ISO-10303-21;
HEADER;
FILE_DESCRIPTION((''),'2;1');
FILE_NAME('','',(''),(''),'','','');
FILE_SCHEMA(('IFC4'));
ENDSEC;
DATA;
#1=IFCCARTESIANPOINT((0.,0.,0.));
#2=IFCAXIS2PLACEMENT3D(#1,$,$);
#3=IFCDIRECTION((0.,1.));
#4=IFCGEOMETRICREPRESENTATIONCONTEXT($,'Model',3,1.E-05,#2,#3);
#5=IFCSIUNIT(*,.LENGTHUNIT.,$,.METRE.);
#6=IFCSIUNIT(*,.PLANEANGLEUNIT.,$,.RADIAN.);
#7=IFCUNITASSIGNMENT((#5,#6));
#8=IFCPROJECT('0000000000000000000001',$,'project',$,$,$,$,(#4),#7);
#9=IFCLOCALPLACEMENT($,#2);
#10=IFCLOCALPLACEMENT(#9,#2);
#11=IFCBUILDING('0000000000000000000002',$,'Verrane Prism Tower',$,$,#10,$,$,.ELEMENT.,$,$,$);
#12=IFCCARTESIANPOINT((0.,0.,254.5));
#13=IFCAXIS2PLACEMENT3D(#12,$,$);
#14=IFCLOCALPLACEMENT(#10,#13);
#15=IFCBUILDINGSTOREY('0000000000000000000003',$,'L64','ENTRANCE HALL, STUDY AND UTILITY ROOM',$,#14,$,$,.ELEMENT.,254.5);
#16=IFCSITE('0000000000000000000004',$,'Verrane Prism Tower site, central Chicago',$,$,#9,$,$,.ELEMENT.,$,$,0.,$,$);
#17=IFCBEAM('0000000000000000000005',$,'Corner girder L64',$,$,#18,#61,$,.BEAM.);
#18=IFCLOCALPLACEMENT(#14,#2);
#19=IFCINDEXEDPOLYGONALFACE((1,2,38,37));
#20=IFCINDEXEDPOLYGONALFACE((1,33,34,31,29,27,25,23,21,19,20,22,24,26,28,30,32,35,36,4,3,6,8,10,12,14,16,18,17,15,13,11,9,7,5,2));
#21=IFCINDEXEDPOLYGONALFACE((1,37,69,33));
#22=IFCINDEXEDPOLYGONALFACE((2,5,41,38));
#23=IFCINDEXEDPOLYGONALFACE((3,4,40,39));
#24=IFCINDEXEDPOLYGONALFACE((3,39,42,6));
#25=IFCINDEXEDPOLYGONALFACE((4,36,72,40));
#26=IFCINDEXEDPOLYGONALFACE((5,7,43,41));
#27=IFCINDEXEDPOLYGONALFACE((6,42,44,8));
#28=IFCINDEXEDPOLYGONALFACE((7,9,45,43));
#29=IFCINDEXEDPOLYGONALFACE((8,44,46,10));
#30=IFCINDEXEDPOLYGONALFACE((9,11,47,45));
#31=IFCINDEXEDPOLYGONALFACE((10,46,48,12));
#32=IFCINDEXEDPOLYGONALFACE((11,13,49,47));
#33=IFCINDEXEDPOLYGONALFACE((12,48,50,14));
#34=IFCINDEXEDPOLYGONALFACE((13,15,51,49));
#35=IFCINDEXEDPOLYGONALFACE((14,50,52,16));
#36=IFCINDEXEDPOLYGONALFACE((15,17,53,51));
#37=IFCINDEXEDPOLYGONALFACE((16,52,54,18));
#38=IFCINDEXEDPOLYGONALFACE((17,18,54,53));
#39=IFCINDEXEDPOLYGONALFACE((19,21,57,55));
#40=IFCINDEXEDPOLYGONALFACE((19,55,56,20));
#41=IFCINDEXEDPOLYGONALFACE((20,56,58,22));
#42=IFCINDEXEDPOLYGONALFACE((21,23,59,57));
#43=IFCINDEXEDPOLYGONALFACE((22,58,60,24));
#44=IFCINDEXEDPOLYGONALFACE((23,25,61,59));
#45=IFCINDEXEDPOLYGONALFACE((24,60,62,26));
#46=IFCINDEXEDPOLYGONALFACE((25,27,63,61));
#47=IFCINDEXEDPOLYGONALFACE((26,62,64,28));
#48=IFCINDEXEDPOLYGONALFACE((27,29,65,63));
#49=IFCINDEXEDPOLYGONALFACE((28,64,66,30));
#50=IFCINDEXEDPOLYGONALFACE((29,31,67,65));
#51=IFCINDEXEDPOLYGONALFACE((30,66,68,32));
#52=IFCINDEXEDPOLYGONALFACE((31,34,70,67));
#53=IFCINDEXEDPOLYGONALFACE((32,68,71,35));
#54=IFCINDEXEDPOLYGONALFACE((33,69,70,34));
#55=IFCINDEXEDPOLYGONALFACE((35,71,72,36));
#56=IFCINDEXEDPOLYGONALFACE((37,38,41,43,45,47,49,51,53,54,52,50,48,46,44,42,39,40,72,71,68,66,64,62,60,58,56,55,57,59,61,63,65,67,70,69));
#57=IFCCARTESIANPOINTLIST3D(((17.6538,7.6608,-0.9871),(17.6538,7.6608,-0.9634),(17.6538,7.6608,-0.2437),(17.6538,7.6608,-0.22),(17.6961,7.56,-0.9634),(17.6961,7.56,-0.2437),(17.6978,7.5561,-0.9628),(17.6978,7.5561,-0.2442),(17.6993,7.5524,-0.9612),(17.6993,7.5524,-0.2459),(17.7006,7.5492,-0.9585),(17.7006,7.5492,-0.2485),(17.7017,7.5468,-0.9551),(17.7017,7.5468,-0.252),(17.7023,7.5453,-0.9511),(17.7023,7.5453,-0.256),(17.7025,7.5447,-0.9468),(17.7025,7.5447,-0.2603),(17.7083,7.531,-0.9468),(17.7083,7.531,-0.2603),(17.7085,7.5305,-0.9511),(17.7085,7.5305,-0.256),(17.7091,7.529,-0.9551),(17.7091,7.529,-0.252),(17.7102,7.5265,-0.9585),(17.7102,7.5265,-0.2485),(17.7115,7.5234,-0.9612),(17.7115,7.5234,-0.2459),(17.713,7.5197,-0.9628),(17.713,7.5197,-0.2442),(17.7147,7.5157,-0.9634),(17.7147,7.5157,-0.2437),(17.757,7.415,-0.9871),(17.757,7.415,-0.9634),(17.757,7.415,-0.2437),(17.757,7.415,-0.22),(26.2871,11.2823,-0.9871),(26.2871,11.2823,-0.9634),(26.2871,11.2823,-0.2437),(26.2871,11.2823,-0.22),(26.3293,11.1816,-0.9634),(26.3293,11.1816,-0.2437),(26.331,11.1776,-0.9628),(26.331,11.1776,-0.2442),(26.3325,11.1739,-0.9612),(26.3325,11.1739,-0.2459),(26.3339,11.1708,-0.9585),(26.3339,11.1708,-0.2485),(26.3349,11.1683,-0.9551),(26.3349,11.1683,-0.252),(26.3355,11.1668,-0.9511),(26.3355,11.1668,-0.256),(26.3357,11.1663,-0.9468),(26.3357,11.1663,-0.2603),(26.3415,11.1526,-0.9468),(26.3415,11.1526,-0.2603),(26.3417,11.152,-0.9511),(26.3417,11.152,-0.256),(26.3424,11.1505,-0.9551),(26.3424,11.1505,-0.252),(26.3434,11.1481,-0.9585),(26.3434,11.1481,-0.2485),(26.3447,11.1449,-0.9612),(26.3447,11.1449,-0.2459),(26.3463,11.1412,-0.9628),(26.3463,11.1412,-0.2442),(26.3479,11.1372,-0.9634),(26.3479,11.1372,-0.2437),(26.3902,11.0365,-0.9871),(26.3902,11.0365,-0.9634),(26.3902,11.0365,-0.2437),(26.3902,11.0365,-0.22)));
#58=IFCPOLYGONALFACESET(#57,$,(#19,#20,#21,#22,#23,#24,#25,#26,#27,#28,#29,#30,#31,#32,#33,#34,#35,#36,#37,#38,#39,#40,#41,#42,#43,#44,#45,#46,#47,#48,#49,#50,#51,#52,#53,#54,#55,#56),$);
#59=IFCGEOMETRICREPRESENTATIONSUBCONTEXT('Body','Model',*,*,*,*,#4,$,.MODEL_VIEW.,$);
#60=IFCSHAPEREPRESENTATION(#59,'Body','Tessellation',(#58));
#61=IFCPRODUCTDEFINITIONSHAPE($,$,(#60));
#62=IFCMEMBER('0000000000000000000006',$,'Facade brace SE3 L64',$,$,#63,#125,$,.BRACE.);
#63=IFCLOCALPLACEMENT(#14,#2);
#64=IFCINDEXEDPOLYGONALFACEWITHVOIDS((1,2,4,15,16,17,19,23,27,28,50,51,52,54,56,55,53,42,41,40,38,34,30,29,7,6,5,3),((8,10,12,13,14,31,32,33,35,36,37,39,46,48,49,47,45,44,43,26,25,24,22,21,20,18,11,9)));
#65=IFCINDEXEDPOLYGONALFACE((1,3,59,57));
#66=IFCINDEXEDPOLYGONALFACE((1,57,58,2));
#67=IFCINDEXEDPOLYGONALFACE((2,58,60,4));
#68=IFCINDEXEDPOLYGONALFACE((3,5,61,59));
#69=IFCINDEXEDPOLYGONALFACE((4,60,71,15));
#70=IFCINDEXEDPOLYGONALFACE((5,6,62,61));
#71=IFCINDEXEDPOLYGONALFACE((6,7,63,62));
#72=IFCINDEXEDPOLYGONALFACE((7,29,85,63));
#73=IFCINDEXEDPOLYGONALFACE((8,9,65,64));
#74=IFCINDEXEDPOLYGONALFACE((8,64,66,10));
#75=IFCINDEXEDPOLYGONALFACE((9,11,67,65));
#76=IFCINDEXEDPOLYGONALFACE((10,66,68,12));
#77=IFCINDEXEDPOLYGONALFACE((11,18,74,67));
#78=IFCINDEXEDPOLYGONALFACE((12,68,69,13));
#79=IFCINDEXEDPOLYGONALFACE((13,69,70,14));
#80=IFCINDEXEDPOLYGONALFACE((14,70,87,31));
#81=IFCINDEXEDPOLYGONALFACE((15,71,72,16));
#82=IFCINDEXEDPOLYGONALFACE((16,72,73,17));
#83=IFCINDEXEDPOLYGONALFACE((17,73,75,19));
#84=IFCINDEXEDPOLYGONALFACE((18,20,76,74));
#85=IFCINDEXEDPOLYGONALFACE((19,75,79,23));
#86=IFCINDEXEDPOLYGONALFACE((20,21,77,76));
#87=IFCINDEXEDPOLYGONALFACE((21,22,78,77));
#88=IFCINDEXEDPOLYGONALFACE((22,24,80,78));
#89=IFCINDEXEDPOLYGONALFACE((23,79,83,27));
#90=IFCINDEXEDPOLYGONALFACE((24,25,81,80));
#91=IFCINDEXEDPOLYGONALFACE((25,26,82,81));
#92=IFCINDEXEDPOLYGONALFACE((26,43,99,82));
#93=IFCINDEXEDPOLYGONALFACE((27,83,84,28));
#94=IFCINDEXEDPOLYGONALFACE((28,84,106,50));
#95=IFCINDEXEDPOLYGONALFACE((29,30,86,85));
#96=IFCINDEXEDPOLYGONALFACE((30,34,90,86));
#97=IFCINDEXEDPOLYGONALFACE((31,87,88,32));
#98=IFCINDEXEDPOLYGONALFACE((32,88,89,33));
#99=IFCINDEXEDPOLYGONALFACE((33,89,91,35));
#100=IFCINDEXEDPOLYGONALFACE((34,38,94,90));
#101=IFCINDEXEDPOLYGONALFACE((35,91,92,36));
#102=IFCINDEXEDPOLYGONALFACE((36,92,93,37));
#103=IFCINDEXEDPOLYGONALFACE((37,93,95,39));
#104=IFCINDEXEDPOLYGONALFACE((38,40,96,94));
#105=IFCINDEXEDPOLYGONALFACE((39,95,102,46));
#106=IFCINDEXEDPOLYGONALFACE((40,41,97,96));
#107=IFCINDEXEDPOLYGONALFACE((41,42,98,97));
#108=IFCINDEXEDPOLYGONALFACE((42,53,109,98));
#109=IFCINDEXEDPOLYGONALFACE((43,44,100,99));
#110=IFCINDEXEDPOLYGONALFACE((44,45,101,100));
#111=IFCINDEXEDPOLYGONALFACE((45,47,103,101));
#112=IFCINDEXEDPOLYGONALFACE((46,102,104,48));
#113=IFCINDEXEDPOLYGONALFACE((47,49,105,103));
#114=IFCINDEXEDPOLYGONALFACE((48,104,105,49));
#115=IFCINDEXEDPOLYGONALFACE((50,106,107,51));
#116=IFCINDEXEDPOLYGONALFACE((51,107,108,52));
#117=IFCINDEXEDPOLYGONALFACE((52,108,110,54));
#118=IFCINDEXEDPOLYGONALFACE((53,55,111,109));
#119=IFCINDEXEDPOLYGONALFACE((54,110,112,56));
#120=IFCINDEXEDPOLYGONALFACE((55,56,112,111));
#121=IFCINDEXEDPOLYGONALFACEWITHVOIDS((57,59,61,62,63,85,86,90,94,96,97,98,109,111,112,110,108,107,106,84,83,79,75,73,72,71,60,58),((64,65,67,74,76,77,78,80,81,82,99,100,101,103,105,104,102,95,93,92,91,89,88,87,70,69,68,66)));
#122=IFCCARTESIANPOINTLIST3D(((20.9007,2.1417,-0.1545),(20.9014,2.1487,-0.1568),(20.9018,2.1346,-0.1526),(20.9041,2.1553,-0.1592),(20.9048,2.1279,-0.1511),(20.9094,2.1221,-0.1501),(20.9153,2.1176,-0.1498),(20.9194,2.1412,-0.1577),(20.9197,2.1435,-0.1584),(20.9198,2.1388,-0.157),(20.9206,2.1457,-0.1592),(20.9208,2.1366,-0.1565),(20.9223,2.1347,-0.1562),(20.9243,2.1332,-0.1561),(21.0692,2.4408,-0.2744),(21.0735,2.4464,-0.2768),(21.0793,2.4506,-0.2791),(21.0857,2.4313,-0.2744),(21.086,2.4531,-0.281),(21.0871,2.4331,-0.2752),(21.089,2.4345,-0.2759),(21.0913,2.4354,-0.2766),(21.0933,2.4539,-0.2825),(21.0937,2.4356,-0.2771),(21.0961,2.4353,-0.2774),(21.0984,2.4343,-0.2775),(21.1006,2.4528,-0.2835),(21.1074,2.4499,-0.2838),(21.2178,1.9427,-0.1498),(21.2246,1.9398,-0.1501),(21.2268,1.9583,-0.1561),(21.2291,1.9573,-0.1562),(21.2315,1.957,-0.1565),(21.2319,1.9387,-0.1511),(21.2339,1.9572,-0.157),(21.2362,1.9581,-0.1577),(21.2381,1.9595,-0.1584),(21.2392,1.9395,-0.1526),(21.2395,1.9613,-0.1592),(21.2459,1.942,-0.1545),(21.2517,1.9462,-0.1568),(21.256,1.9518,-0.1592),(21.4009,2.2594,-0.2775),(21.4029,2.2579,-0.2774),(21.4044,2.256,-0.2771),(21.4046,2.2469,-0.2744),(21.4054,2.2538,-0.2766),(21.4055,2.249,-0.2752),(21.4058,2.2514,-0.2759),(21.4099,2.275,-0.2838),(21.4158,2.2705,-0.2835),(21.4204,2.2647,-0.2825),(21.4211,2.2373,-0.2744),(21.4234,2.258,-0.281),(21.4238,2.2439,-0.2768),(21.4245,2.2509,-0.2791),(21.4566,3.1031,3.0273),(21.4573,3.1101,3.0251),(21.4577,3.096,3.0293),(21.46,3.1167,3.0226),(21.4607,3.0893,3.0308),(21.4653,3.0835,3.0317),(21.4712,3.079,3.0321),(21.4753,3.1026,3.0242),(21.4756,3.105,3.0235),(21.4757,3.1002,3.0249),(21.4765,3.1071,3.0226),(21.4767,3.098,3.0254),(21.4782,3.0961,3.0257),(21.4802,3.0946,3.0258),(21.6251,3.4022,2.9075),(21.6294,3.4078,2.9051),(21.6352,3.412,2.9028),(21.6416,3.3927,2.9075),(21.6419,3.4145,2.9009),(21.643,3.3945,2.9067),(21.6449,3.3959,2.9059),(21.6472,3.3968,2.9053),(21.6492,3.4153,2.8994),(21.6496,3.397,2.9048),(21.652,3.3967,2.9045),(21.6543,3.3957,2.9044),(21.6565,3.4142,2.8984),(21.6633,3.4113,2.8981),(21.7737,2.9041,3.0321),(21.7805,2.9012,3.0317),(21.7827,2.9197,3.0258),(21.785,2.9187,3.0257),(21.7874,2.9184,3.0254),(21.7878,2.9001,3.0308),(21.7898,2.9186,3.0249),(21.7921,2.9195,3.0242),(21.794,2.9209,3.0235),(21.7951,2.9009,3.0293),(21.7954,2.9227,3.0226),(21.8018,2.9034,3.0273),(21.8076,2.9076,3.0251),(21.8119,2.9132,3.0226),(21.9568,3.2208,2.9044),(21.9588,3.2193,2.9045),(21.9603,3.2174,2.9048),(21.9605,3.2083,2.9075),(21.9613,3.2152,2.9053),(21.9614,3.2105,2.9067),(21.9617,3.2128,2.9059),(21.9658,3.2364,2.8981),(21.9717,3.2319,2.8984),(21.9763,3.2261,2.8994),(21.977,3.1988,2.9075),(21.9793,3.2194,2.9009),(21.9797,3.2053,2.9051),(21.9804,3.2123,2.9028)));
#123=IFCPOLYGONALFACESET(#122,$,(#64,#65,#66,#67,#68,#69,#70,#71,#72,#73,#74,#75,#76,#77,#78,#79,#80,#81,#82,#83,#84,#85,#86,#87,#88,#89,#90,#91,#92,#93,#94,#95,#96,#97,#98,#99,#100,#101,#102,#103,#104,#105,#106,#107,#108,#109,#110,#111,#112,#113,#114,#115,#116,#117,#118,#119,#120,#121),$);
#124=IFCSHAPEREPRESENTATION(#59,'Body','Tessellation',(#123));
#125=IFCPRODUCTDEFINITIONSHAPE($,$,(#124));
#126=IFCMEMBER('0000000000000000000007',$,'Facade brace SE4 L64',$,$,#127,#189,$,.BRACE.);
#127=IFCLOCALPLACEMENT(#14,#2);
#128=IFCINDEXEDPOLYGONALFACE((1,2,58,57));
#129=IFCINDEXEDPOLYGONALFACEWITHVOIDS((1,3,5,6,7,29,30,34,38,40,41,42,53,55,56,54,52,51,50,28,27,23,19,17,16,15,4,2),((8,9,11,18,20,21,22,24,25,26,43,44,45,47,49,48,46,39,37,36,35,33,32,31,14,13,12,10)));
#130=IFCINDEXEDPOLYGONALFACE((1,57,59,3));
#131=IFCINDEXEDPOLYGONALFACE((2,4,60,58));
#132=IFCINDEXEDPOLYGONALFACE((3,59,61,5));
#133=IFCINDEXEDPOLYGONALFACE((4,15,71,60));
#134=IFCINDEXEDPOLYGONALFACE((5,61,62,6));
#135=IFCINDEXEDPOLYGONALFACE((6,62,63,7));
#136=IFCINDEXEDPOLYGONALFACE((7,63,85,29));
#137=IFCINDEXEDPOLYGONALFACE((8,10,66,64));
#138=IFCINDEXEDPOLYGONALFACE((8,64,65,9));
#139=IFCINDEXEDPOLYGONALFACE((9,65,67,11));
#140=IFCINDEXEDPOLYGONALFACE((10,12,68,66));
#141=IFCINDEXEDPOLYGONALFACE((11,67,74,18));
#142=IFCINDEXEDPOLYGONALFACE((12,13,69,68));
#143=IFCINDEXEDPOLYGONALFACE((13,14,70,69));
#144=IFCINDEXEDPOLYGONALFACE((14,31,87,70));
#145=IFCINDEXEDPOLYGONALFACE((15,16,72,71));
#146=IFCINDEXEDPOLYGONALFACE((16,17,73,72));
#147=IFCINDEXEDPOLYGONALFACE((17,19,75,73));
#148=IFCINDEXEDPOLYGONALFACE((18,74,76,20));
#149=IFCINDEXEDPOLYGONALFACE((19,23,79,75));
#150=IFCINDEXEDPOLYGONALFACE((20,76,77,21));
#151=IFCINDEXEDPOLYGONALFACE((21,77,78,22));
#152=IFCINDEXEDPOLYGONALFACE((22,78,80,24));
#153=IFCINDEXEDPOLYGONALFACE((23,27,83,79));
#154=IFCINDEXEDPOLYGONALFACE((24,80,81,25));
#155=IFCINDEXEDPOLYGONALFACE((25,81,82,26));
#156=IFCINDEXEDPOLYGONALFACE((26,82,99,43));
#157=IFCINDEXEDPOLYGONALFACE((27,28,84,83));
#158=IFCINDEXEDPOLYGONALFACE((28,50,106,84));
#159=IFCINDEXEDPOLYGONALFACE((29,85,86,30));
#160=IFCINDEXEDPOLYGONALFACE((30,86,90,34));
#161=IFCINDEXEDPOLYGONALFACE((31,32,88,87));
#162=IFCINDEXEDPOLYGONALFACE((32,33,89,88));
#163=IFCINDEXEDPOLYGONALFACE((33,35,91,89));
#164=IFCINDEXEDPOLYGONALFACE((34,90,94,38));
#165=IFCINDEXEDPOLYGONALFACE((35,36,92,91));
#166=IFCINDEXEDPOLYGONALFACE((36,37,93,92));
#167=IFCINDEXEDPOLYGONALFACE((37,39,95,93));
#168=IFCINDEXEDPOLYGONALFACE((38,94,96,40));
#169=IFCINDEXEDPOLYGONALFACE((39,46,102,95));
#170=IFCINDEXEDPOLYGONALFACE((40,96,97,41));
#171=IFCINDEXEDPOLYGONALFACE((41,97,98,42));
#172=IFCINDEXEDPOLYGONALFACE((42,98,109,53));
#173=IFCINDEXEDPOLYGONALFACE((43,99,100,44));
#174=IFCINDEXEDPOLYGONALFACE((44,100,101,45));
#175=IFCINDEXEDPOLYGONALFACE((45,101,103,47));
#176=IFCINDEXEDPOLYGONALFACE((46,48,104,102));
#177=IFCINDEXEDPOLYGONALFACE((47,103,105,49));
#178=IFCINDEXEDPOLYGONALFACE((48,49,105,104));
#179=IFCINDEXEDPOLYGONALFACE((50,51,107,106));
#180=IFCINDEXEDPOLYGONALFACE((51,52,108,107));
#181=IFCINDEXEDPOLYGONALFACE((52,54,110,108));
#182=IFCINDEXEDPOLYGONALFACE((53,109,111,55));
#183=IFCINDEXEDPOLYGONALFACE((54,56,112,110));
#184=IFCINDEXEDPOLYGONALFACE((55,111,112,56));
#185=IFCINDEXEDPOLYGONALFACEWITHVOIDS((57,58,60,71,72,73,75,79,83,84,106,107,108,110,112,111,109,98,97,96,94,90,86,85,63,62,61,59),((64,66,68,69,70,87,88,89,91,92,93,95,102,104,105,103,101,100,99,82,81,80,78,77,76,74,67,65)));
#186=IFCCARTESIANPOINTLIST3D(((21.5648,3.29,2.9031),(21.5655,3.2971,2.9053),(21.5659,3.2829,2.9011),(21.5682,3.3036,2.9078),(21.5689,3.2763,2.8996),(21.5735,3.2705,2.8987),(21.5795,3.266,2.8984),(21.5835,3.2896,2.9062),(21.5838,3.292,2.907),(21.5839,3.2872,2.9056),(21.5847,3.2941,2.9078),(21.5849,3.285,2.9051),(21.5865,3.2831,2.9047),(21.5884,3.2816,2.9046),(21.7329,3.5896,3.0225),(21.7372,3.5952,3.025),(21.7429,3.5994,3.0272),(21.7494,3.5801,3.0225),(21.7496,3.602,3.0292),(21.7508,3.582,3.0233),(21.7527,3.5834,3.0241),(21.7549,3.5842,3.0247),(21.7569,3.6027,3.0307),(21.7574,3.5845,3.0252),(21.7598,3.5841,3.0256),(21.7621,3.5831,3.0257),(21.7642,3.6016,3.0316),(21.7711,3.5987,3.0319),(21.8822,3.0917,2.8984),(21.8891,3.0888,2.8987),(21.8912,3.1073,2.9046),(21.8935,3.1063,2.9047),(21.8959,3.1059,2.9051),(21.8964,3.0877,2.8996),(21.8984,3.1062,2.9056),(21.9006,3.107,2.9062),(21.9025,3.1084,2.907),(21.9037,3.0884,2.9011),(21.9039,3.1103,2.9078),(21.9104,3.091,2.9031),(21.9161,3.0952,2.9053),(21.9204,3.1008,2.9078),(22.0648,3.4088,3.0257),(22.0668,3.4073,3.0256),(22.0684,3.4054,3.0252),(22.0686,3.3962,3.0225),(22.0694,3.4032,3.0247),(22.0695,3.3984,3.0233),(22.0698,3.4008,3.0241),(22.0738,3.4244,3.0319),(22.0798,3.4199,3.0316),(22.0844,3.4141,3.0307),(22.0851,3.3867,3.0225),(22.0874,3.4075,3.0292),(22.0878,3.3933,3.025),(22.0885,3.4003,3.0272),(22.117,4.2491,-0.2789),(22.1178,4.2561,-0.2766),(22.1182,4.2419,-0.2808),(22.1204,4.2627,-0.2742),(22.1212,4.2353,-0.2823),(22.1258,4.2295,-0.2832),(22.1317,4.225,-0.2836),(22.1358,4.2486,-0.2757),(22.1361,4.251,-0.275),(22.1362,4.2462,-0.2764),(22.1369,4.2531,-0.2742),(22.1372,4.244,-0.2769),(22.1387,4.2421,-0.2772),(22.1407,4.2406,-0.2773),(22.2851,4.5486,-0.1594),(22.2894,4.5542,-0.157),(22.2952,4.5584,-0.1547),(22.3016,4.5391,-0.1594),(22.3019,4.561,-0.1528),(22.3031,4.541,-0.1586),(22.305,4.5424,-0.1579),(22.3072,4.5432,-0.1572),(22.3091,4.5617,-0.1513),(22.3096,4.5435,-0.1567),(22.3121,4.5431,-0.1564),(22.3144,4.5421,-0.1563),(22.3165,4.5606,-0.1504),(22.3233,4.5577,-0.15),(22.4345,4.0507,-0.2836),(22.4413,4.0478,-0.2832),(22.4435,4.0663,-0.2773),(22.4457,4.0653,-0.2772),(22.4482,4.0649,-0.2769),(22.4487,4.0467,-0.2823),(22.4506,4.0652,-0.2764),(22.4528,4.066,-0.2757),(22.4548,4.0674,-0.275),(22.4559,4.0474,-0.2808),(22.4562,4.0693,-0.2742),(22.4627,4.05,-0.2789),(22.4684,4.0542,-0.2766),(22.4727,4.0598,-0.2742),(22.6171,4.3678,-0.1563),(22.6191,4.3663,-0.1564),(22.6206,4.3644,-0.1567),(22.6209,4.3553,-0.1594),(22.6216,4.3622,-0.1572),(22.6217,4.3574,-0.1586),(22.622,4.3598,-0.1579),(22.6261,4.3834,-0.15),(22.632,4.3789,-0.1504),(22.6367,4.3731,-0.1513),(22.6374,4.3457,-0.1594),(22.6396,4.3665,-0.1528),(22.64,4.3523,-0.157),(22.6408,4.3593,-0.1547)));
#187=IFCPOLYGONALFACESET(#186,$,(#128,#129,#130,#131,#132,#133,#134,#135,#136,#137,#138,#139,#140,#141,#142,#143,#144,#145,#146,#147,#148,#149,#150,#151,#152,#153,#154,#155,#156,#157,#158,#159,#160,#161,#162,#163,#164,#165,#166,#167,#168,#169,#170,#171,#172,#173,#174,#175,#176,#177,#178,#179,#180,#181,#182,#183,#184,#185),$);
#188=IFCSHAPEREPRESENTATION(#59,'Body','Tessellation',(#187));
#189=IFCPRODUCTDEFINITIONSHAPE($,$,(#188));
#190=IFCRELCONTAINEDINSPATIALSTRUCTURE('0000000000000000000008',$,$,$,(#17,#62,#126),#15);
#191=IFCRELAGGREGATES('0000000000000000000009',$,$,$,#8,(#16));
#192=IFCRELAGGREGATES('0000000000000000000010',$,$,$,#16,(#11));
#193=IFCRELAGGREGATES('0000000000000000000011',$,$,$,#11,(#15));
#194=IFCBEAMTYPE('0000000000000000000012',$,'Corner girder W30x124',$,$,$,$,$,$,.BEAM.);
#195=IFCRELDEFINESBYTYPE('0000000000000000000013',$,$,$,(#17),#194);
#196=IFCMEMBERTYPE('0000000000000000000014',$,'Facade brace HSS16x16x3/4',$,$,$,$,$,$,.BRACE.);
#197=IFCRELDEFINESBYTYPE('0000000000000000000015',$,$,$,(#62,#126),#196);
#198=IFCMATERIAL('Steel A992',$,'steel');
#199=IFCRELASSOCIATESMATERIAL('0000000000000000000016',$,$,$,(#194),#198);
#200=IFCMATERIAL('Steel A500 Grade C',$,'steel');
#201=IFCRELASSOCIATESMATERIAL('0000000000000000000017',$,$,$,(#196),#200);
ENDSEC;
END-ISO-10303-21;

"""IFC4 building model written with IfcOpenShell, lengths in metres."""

from ifc_helpers import new_model, si_unit, direction, frame, origin, origin_2d, place, context, subcontext, project, spatial, hollow_rectangle, i_section, extrude, material, material_profile, profile_set, type_object, element, save


model = new_model("IFC4")

# Units and contexts
model_context = context("Model", 3, precision=1e-05, world=origin(), true_north=direction((0.0, 1.0)))
body_context = subcontext(model_context, "Body", "Model", "MODEL_VIEW")
ifc_project = project(units=[si_unit("LENGTHUNIT", "METRE"), si_unit("PLANEANGLEUNIT", "RADIAN")], contexts=[model_context])

# Site, building, storey
site_placement = place(None, origin())
site = spatial("IfcSite", under=ifc_project, at=site_placement, Name="Verrane Prism Tower site, central Chicago", CompositionType="ELEMENT", RefElevation=0.0)
building_placement = place(site_placement, origin())
building = spatial("IfcBuilding", under=site, at=building_placement, Name="Verrane Prism Tower", CompositionType="ELEMENT")
storey_placement = place(building_placement, frame((0.0, 0.0, 254.5)))
storey = spatial("IfcBuildingStorey", under=building, at=storey_placement, Name="L64", Description="ENTRANCE HALL, STUDY AND UTILITY ROOM", CompositionType="ELEMENT", Elevation=254.5)

# Beam
ifc_material_1 = material(Name="Steel A992", Category="steel")
ifc_material_profile_1 = material_profile(ifc_material_1, i_section(OverallWidth=0.2666, OverallDepth=0.7671, WebThickness=0.0149, FlangeThickness=0.0237, FilletRadius=0.0166, at=origin_2d()), Name="W30x124")
ifc_profile_set_1 = profile_set([ifc_material_profile_1], Name="Steel A992")
beam_type_1 = type_object("IfcBeamType", Name="Corner girder W30x124", PredefinedType="BEAM", material=ifc_profile_set_1)
beam_1_placement = place(storey_placement, frame((26.3386, 11.1594, -0.6035), z_axis=(-0.92215, -0.386833, 0.0), x_axis=(0.386833, -0.92215, 0.0)))
element("IfcBeam", 1, at=beam_1_placement, inside=storey, type_object=beam_type_1, Name="Corner girder L64", PredefinedType="BEAM", context=body_context, shape_type="SweptSolid", body=[
    extrude(i_section(OverallWidth=0.2666, OverallDepth=0.7671, WebThickness=0.0149, FlangeThickness=0.0237, FilletRadius=0.0166, at=origin_2d()), origin(), (0.0, 0.0, 1.0), 9.3621),
])

# Members
ifc_material_2 = material(Name="Steel A500 Grade C", Category="steel")
ifc_material_profile_2 = material_profile(ifc_material_2, hollow_rectangle(XDim=0.4065, YDim=0.4065, WallThickness=0.019, InnerFilletRadius=0.0095, OuterFilletRadius=0.0286, at=origin_2d()), Name="HSS16x16x3/4")
ifc_profile_set_2 = profile_set([ifc_material_profile_2], Name="Steel A500 Grade C")
member_type_1 = type_object("IfcMemberType", Name="Facade brace HSS16x16x3/4", PredefinedType="BRACE", material=ifc_profile_set_2)
member_1_placement = place(storey_placement, frame((21.1626, 2.1963, -0.2168), z_axis=(0.164952, 0.285279, 0.944144), x_axis=(-0.865702, 0.50056, 0.0)))
element("IfcMember", 2, at=member_1_placement, inside=storey, type_object=member_type_1, Name="Facade brace SE3 L64", PredefinedType="BRACE", context=body_context, shape_type="SweptSolid", body=[
    extrude(hollow_rectangle(XDim=0.4065, YDim=0.4065, WallThickness=0.019, InnerFilletRadius=0.0095, OuterFilletRadius=0.0286, at=origin_2d()), origin(), (0.0, 0.0, 1.0), 3.3701),
])
member_2_placement = place(storey_placement, frame((22.3789, 4.3042, -0.2168), z_axis=(-0.163928, -0.284664, 0.944507), x_axis=(0.866582, -0.499035, 0.0)))
element("IfcMember", 3, at=member_2_placement, inside=storey, type_object=member_type_1, Name="Facade brace SE4 L64", PredefinedType="BRACE", context=body_context, shape_type="SweptSolid", body=[
    extrude(hollow_rectangle(XDim=0.4065, YDim=0.4065, WallThickness=0.019, InnerFilletRadius=0.0095, OuterFilletRadius=0.0286, at=origin_2d()), origin(), (0.0, 0.0, 1.0), 3.3689),
])

save(model, "model.ifc")
